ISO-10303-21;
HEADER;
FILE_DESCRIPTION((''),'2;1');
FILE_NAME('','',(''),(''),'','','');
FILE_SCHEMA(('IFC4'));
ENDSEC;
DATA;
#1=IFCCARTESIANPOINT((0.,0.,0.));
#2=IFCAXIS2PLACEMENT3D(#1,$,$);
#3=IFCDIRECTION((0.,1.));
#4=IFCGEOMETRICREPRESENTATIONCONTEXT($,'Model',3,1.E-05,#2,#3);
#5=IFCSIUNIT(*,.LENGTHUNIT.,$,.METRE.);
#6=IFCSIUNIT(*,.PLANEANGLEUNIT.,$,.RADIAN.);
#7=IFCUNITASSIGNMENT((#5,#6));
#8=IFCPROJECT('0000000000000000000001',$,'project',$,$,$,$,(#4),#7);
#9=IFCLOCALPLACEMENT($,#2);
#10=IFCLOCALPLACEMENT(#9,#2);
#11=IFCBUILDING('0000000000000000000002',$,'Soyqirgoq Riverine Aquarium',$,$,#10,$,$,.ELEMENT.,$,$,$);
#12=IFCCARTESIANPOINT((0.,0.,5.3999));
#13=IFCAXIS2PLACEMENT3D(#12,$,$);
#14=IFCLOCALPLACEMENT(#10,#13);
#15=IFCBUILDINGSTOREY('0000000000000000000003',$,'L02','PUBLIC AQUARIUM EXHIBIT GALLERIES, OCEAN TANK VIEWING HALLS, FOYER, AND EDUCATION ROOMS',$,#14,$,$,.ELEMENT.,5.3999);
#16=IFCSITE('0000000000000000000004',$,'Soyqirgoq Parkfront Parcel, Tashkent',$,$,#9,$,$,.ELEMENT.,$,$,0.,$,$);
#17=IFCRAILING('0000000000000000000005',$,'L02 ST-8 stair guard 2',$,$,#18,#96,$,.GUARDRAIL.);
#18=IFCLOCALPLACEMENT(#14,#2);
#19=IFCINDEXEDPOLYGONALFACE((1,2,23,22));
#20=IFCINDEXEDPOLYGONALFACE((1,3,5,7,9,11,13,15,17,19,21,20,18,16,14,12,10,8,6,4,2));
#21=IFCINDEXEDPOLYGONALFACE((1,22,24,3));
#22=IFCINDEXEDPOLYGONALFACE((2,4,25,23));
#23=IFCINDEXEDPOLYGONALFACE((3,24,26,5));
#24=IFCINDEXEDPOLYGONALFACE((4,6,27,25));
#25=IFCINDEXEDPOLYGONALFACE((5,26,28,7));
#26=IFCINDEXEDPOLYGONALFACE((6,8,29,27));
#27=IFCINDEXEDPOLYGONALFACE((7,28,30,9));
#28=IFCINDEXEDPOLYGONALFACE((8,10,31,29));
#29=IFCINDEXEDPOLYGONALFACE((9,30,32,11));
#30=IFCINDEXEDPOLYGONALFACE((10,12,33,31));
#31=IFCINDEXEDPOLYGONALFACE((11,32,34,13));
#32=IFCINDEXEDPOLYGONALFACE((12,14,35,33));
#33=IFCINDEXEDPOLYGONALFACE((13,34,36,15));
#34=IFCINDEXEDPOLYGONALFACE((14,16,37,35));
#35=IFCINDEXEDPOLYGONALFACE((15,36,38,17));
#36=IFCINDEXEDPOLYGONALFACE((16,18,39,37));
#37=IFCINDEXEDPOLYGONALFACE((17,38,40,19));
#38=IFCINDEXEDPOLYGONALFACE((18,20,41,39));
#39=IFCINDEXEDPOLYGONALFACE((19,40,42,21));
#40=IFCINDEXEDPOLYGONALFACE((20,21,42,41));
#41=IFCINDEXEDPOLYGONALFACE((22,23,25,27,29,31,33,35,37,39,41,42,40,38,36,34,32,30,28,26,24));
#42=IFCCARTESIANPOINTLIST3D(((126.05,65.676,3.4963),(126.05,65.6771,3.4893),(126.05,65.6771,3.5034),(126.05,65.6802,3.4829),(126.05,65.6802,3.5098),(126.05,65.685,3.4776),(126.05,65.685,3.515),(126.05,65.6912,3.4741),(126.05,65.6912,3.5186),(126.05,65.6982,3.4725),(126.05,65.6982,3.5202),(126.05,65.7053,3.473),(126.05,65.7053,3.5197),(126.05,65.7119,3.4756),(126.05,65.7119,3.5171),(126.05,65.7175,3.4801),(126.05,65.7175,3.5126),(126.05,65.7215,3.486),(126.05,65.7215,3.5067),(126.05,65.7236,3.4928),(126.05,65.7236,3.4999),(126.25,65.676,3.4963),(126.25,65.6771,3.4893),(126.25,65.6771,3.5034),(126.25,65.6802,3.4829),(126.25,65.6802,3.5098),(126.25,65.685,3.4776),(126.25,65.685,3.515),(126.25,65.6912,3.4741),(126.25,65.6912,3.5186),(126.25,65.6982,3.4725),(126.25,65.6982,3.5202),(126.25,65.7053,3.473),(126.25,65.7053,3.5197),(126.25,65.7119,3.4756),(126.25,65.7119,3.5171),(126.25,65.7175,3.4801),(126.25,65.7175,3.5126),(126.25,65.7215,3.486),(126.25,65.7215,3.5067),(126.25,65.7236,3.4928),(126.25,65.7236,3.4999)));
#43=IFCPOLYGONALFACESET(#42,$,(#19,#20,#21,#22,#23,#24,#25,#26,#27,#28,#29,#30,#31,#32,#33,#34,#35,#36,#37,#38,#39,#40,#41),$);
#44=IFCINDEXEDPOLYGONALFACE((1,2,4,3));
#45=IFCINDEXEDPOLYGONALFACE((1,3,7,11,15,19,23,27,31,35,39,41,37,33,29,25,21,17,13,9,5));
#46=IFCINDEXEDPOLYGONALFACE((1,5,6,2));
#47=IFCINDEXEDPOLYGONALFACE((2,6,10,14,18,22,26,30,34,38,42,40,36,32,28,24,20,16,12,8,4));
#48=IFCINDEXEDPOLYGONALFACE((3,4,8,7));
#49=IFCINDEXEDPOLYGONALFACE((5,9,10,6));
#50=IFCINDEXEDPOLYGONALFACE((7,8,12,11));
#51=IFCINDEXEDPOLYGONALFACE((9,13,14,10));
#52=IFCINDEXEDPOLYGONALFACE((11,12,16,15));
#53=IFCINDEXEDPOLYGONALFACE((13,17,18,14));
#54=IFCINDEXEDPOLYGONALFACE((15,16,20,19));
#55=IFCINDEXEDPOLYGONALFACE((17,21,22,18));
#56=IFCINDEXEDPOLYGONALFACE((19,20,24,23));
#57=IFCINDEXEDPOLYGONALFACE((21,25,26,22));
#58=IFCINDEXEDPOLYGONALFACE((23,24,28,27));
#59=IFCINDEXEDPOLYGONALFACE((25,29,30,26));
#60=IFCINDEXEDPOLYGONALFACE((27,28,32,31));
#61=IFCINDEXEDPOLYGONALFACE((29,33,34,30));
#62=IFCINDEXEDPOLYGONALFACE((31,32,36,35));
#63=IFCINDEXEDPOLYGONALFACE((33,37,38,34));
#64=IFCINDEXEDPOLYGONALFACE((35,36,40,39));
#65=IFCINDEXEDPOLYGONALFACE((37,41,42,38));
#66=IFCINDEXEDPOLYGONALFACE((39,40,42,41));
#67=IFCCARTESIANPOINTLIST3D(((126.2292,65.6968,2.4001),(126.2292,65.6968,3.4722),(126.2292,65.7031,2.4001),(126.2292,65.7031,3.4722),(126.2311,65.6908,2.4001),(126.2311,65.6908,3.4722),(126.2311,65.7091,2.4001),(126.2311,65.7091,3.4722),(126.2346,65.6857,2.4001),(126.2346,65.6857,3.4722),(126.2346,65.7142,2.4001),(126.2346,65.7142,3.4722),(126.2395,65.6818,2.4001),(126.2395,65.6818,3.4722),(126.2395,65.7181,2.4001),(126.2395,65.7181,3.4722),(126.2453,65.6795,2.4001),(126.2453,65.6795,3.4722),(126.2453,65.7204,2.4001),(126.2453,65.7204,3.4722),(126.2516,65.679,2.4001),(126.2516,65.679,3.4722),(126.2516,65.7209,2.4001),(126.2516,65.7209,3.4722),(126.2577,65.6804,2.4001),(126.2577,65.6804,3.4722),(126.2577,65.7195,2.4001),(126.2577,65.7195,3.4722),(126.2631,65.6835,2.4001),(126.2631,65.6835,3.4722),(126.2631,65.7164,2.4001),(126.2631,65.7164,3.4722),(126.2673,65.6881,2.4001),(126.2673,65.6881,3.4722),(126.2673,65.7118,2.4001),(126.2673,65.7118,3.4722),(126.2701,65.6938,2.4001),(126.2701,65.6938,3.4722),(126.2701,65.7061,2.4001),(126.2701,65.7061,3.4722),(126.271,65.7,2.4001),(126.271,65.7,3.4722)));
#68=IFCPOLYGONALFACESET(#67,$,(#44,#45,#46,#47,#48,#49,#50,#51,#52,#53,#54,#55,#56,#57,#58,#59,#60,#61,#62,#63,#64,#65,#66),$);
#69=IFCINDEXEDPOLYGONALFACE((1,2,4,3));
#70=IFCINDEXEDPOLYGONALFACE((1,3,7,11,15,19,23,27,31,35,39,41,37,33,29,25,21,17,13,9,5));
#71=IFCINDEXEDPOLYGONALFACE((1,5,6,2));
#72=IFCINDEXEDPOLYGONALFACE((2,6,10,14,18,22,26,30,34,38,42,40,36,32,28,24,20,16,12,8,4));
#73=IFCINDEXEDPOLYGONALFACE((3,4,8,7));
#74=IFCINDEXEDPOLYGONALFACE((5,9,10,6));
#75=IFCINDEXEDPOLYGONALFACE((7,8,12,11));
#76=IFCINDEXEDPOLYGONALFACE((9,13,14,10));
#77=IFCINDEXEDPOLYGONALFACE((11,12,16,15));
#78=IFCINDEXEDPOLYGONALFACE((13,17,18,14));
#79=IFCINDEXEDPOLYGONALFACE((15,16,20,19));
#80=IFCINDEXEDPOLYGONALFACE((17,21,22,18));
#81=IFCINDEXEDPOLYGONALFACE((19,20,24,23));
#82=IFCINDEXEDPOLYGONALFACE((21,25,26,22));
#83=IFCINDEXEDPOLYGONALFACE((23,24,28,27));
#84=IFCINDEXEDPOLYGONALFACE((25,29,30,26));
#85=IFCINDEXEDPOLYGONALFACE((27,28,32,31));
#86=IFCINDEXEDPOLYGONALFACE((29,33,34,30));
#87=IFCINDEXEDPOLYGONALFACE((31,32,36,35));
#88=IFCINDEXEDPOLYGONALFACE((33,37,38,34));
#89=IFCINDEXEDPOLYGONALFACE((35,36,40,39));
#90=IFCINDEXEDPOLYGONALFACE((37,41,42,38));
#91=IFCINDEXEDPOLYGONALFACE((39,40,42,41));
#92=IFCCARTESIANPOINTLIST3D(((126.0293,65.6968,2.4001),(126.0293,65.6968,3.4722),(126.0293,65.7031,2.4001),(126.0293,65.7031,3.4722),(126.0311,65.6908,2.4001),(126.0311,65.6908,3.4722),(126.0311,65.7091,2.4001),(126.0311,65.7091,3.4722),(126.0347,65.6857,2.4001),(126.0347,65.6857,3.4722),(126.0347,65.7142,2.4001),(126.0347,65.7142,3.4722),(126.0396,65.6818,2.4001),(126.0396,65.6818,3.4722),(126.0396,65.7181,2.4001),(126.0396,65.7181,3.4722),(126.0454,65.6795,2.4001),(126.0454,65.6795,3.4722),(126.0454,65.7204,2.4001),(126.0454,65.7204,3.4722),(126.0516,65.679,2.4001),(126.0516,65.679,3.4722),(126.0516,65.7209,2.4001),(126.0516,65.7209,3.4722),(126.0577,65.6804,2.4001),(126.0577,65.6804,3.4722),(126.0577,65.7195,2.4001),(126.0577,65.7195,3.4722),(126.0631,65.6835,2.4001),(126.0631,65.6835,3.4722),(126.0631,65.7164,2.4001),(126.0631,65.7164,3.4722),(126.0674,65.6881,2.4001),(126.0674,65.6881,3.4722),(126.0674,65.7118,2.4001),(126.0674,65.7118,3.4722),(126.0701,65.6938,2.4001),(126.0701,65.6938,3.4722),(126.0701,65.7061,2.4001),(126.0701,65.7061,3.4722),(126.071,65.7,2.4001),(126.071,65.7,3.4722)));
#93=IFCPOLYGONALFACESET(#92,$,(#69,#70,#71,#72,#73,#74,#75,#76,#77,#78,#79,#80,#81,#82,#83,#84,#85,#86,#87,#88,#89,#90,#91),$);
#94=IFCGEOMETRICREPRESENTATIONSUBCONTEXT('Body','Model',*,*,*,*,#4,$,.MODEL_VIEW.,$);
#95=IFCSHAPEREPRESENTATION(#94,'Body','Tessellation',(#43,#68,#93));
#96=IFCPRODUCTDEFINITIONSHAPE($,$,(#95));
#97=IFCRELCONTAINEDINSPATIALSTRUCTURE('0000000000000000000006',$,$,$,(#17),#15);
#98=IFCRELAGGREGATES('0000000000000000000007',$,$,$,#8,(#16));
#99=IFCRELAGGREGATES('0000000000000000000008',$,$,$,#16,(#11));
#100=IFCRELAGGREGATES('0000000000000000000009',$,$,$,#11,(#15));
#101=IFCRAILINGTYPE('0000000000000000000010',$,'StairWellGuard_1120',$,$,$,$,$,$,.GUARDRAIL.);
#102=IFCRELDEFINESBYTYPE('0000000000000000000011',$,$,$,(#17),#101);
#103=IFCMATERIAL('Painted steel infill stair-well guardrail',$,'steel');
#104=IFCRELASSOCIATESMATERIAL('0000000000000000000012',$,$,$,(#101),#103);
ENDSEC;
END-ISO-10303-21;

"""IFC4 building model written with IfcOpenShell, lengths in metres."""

from ifc_helpers import new_model, si_unit, direction, frame, origin, origin_2d, place, context, subcontext, project, spatial, circle, extrude, material, type_object, element, save


model = new_model("IFC4")

# Units and contexts
model_context = context("Model", 3, precision=1e-05, world=origin(), true_north=direction((0.0, 1.0)))
body_context = subcontext(model_context, "Body", "Model", "MODEL_VIEW")
ifc_project = project(units=[si_unit("LENGTHUNIT", "METRE"), si_unit("PLANEANGLEUNIT", "RADIAN")], contexts=[model_context])

# Site, building, storey
site_placement = place(None, origin())
site = spatial("IfcSite", under=ifc_project, at=site_placement, Name="Soyqirgoq Parkfront Parcel, Tashkent", CompositionType="ELEMENT", RefElevation=0.0)
building_placement = place(site_placement, origin())
building = spatial("IfcBuilding", under=site, at=building_placement, Name="Soyqirgoq Riverine Aquarium", CompositionType="ELEMENT")
storey_placement = place(building_placement, frame((0.0, 0.0, 5.3999)))
storey = spatial("IfcBuildingStorey", under=building, at=storey_placement, Name="L02", Description="PUBLIC AQUARIUM EXHIBIT GALLERIES, OCEAN TANK VIEWING HALLS, FOYER, AND EDUCATION ROOMS", CompositionType="ELEMENT", Elevation=5.3999)

# Railing
ifc_material_1 = material(Name="Painted steel infill stair-well guardrail", Category="steel")
railing_type_1 = type_object("IfcRailingType", Name="StairWellGuard_1120", PredefinedType="GUARDRAIL", material=ifc_material_1)
railing_1_placement = place(storey_placement, frame((126.25, 65.7, 2.4001)))
element("IfcRailing", 1, at=railing_1_placement, inside=storey, type_object=railing_type_1, Name="L02 ST-8 stair guard 2", PredefinedType="GUARDRAIL", context=body_context, shape_type="SweptSolid", body=[
    extrude(circle(Radius=0.0239, at=origin_2d()), frame((0.0, 0.0, 1.0962), z_axis=(-1.0, 0.0, 0.0), x_axis=(0.0, -1.0, 0.0)), (0.0, 0.0, 1.0), 0.2),
    extrude(circle(Radius=0.021, at=origin_2d()), origin(), (0.0, 0.0, 1.0), 1.072),
    extrude(circle(Radius=0.021, at=origin_2d()), frame((-0.2, 0.0, 0.0)), (0.0, 0.0, 1.0), 1.072),
])

save(model, "model.ifc")
